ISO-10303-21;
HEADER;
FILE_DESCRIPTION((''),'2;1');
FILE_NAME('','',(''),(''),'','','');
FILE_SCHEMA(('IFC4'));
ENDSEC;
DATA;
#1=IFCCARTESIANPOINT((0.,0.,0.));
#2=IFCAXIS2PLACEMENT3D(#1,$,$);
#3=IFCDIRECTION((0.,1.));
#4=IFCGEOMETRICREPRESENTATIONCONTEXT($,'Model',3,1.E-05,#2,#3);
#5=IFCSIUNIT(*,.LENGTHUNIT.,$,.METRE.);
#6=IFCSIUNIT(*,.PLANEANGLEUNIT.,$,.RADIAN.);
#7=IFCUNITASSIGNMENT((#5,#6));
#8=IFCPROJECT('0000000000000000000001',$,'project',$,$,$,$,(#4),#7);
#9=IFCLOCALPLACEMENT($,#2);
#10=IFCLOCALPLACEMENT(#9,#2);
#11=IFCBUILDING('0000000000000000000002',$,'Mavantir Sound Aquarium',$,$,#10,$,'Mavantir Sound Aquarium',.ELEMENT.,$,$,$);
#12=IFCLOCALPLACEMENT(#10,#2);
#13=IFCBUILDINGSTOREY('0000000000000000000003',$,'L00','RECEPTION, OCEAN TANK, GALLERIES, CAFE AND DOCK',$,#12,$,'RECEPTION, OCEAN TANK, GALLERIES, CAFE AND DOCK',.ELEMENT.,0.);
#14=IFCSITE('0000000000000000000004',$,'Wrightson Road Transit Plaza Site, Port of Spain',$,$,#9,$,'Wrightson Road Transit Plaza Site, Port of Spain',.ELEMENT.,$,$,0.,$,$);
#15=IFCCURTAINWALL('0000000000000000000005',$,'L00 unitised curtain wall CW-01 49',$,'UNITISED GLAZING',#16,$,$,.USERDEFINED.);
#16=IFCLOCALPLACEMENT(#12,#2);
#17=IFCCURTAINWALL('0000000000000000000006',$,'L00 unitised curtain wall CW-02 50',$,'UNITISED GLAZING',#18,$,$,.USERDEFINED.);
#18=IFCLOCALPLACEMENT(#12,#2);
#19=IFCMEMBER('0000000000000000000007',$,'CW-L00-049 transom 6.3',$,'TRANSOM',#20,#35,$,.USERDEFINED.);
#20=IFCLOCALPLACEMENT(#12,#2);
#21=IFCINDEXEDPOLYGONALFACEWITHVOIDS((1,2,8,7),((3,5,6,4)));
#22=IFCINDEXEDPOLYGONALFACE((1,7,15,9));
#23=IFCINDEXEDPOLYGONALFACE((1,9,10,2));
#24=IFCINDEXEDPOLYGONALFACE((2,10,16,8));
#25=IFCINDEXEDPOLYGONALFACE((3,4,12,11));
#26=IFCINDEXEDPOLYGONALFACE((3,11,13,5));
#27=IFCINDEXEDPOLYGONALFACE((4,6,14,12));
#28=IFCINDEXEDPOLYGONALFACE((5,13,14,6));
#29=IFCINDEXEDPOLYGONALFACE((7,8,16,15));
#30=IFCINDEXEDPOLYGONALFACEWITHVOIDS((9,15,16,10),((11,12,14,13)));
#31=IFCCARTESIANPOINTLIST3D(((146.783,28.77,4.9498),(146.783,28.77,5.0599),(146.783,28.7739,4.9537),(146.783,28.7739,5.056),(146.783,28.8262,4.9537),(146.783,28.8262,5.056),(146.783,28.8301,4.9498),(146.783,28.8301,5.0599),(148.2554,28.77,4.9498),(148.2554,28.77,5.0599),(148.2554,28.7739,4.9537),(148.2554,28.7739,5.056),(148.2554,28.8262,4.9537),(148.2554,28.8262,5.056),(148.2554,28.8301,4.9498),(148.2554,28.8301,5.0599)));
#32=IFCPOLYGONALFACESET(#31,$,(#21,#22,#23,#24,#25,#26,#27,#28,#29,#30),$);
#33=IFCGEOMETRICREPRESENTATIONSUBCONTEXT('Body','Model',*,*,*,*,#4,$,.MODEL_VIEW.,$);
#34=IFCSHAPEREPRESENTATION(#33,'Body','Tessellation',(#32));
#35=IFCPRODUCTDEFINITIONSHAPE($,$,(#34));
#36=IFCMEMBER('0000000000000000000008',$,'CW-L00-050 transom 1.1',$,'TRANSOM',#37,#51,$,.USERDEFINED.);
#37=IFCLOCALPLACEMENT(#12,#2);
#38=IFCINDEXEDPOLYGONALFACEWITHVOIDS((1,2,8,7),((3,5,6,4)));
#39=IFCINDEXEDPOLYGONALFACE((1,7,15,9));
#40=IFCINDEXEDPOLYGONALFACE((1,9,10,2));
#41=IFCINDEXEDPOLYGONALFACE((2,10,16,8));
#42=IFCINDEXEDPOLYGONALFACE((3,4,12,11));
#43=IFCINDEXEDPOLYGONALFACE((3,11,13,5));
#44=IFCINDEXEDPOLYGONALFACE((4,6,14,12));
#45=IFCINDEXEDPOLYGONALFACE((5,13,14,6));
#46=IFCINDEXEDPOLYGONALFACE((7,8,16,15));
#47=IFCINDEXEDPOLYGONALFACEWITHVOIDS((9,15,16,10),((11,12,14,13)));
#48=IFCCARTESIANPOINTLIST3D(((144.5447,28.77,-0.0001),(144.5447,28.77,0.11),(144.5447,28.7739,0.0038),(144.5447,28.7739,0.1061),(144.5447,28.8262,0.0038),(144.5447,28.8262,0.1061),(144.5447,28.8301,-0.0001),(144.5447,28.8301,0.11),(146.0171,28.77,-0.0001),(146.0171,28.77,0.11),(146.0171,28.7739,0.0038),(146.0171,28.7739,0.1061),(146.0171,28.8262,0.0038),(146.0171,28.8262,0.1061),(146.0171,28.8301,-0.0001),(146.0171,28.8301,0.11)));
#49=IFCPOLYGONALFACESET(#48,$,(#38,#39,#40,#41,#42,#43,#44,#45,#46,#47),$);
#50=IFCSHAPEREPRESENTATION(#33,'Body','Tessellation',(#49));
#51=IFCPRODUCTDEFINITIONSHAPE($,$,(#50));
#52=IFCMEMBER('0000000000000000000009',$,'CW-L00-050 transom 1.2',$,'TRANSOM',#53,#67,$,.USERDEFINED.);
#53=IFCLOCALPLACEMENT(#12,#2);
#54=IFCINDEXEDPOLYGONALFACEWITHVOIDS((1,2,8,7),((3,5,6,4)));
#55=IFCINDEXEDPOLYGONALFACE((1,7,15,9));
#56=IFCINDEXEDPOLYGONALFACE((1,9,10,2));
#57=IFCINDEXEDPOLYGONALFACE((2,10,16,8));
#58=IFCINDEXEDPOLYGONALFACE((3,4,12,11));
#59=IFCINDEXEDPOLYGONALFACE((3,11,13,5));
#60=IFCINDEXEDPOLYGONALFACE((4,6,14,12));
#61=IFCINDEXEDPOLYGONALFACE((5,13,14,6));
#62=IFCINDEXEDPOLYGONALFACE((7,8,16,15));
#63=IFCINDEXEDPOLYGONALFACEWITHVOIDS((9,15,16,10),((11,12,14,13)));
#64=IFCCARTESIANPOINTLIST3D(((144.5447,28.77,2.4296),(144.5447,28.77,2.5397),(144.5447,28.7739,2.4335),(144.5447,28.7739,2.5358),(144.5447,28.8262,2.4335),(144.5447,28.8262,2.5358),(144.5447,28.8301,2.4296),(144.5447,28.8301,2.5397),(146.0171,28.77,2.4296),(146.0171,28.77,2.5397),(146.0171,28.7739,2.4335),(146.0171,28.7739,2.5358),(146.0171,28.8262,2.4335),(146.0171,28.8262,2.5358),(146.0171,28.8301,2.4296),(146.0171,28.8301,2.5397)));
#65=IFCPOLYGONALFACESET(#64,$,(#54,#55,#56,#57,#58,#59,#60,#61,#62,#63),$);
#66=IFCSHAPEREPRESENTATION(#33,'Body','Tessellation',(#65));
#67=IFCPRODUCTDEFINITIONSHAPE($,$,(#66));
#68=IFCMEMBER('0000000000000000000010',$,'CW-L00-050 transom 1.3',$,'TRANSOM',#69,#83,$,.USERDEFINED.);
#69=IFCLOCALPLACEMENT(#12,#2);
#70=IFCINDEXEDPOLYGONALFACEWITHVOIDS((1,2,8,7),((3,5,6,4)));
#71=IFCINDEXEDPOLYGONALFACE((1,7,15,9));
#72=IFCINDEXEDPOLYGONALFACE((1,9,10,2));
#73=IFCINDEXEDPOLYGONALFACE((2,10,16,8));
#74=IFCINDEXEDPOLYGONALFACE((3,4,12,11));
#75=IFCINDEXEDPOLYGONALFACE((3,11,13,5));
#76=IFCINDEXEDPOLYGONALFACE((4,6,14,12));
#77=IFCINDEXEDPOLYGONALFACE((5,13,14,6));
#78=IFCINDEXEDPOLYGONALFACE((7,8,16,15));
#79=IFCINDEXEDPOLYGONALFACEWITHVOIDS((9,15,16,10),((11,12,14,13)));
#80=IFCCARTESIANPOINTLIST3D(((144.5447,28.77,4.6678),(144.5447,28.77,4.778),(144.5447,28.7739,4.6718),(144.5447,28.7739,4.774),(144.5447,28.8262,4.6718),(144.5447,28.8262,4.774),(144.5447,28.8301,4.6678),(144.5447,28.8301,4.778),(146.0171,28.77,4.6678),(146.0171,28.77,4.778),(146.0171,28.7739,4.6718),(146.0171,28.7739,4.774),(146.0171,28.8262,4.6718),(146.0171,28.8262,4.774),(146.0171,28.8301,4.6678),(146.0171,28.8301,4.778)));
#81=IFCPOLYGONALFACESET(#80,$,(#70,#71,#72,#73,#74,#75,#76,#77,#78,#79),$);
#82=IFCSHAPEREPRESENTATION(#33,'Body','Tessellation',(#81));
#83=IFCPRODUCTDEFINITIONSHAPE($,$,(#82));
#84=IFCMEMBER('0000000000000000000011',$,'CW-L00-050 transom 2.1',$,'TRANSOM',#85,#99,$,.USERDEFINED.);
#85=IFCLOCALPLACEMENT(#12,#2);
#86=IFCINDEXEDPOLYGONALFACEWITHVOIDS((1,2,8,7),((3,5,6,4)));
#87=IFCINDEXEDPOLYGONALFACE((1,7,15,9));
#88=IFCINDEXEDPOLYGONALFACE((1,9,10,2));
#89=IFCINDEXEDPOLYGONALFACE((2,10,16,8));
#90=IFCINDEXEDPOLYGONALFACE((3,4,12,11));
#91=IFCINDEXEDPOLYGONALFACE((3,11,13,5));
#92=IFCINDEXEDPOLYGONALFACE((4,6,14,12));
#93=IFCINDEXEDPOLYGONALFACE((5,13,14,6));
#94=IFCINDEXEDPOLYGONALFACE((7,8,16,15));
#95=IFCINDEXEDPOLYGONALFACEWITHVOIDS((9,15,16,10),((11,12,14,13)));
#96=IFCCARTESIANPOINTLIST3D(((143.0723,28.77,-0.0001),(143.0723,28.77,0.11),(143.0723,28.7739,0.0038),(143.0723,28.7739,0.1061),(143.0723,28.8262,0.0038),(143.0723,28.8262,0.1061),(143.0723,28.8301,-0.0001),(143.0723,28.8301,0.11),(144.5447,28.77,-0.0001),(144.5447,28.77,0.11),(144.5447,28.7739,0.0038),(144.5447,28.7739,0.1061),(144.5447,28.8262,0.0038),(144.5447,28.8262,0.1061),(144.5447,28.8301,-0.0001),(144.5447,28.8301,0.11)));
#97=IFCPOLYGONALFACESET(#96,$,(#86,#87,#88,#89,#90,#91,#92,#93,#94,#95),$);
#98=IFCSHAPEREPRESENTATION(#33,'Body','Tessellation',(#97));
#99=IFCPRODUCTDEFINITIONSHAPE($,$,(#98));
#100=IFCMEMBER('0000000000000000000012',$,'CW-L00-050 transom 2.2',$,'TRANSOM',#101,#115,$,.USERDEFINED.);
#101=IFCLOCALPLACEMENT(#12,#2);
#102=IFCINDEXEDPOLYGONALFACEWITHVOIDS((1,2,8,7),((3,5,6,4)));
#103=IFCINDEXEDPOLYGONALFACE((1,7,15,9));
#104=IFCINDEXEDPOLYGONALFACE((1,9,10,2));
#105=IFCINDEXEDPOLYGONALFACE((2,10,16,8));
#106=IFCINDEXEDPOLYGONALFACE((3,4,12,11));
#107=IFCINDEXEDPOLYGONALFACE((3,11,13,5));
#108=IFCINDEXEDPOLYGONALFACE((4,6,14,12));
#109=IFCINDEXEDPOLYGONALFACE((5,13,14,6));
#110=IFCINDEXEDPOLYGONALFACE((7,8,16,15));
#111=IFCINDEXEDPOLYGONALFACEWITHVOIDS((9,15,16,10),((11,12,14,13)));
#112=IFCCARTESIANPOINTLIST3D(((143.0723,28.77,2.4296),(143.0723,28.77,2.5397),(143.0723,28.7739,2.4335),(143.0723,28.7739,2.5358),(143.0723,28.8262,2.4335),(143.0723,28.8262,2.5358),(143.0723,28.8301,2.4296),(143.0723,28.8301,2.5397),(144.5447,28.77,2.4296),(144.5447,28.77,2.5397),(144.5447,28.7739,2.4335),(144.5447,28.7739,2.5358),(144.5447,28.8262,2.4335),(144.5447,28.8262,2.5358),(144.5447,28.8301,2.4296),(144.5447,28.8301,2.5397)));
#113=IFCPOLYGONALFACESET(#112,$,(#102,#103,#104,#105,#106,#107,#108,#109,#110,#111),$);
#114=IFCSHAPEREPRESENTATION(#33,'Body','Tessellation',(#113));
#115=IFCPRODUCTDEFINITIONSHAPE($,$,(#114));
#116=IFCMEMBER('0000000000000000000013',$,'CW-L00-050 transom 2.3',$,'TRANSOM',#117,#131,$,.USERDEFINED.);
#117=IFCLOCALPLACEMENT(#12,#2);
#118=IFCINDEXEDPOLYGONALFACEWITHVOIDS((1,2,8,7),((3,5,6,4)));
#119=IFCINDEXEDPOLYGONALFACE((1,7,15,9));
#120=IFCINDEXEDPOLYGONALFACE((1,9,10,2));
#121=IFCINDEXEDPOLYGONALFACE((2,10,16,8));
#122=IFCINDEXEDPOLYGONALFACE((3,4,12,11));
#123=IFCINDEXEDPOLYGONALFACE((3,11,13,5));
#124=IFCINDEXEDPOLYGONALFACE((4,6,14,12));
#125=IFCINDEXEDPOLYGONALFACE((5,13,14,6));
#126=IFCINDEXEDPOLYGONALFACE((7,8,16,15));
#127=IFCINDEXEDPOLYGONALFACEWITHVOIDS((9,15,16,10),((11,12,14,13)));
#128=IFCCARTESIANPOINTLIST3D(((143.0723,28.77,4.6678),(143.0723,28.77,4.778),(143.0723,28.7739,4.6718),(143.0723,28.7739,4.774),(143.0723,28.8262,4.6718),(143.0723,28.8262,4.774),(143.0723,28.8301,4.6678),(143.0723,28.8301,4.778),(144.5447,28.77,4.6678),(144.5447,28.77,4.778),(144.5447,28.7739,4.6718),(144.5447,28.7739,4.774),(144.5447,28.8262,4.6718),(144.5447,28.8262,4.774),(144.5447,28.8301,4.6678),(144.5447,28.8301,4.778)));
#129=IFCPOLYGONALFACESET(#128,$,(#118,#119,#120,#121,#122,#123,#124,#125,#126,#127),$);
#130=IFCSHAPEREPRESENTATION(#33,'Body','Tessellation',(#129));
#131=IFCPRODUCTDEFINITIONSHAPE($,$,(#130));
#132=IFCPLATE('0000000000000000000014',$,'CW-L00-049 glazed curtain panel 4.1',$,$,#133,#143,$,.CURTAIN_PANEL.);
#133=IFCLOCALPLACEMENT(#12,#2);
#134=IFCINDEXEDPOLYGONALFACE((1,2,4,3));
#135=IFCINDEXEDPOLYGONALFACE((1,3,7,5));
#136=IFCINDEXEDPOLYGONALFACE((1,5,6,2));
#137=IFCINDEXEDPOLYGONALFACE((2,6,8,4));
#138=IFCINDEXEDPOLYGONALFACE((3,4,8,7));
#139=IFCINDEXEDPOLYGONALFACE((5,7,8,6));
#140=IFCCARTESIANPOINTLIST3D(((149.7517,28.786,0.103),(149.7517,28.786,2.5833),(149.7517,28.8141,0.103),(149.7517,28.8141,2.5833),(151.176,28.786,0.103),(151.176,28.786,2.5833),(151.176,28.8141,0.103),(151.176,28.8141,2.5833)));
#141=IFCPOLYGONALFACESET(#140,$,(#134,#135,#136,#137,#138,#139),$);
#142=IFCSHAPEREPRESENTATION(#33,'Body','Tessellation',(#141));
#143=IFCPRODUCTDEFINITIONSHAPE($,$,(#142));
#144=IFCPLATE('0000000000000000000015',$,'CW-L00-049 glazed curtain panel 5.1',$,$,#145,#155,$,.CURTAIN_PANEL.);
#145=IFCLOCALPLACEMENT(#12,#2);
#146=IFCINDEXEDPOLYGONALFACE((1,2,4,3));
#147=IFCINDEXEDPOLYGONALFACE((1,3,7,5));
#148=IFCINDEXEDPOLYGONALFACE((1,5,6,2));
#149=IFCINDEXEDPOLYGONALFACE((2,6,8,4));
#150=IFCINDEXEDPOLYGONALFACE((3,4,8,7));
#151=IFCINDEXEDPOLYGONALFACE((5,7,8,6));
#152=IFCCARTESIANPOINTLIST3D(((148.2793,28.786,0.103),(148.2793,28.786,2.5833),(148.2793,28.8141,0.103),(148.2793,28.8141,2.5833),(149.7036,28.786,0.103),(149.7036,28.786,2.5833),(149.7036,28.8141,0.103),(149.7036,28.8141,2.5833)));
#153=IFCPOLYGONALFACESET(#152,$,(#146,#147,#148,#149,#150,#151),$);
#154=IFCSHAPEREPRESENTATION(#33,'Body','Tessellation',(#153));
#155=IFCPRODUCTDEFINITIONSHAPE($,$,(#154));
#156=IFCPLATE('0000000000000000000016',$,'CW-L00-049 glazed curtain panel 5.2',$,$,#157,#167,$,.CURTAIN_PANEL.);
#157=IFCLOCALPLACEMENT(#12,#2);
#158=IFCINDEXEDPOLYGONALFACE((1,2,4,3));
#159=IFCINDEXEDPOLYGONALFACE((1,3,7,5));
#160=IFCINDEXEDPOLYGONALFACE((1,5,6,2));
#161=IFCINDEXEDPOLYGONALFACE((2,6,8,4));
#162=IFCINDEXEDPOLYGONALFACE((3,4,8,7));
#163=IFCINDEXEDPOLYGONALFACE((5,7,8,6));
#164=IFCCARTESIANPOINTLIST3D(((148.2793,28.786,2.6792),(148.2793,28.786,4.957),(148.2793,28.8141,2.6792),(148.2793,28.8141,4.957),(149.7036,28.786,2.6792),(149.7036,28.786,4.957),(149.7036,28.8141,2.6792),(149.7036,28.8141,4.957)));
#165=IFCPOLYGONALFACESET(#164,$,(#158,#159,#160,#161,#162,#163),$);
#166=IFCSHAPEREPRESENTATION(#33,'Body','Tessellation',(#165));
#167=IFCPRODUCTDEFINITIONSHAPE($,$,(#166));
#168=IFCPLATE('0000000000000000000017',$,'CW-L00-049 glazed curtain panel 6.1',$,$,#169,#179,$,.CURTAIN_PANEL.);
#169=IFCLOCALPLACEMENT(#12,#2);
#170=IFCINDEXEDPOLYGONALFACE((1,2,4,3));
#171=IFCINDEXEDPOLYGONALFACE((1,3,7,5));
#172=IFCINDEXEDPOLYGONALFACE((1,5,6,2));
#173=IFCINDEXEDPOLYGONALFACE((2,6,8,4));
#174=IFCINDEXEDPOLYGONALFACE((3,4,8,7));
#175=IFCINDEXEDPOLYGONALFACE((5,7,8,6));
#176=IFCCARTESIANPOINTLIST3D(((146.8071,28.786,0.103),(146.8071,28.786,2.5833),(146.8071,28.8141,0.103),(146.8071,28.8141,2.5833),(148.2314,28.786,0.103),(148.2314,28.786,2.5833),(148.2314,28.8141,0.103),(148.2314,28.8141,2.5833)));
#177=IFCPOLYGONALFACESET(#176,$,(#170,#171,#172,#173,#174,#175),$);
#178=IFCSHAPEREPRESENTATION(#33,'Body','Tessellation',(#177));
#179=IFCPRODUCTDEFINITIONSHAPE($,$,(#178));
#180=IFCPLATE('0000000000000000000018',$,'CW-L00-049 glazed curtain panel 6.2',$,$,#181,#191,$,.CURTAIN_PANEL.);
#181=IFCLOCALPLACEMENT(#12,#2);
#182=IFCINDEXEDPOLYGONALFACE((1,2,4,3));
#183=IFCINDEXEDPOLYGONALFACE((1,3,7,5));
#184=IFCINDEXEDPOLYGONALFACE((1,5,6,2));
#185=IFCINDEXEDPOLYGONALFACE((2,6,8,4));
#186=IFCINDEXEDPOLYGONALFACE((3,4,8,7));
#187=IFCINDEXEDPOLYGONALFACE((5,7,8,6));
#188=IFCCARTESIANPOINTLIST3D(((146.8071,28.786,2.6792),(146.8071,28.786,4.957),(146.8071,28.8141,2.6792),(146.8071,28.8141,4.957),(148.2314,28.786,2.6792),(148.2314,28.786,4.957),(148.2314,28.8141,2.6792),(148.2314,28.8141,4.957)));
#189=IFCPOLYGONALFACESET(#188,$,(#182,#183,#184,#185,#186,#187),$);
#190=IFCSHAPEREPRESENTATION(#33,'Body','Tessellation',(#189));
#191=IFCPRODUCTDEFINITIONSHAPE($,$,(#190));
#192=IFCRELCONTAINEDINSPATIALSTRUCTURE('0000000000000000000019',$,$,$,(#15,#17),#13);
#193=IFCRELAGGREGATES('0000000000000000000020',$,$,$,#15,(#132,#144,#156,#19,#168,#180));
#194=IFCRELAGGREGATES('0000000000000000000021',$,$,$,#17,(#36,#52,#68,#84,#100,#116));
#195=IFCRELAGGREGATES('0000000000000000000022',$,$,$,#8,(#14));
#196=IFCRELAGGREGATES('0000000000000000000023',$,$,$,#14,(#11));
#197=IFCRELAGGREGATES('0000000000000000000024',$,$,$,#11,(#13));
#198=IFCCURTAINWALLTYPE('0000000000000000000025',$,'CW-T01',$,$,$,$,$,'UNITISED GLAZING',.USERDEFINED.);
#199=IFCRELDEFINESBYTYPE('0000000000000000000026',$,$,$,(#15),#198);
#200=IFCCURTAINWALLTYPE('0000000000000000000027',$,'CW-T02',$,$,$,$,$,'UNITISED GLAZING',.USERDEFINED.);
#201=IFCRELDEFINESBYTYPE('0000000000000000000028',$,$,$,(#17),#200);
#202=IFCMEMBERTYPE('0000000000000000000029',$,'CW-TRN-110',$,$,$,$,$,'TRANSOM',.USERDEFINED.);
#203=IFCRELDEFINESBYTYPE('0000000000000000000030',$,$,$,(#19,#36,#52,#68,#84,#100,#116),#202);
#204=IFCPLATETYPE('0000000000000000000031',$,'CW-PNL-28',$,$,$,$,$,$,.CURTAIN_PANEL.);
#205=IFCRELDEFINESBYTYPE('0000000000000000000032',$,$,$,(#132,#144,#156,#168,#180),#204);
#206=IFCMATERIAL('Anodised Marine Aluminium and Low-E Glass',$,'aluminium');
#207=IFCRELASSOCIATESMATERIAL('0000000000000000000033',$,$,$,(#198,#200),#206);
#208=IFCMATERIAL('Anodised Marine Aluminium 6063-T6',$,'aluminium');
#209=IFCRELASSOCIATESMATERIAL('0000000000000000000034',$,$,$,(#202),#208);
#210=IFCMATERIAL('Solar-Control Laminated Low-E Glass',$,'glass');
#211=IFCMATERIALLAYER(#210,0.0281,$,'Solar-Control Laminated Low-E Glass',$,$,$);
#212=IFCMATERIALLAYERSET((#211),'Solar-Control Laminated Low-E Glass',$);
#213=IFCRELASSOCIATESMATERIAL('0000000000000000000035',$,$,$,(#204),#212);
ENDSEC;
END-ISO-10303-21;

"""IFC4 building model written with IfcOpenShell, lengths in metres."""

from ifc_helpers import new_model, si_unit, direction, frame, origin, origin_2d, place, context, subcontext, project, spatial, rectangle, hollow_rectangle, extrude, material, layer, layer_set, material_profile, profile_set, type_object, element, aggregate, save


model = new_model("IFC4")

# Units and contexts
model_context = context("Model", 3, precision=1e-05, world=origin(), true_north=direction((0.0, 1.0)))
body_context = subcontext(model_context, "Body", "Model", "MODEL_VIEW")
ifc_project = project(units=[si_unit("LENGTHUNIT", "METRE"), si_unit("PLANEANGLEUNIT", "RADIAN")], contexts=[model_context])

# Site, building, storey
site_placement = place(None, origin())
site = spatial("IfcSite", under=ifc_project, at=site_placement, Name="Wrightson Road Transit Plaza Site, Port of Spain", LongName="Wrightson Road Transit Plaza Site, Port of Spain", CompositionType="ELEMENT", RefElevation=0.0)
building_placement = place(site_placement, origin())
building = spatial("IfcBuilding", under=site, at=building_placement, Name="Mavantir Sound Aquarium", LongName="Mavantir Sound Aquarium", CompositionType="ELEMENT")
storey_placement = place(building_placement, origin())
storey = spatial("IfcBuildingStorey", under=building, at=storey_placement, Name="L00", Description="RECEPTION, OCEAN TANK, GALLERIES, CAFE AND DOCK", LongName="RECEPTION, OCEAN TANK, GALLERIES, CAFE AND DOCK", CompositionType="ELEMENT", Elevation=0.0)

# Curtain wall
ifc_material_1 = material(Name="Anodised Marine Aluminium and Low-E Glass", Category="aluminium")
curtain_wall_type_1 = type_object("IfcCurtainWallType", Name="CW-T01", ElementType="UNITISED GLAZING", PredefinedType="USERDEFINED", material=ifc_material_1)
curtain_wall_1_placement = place(storey_placement, origin())
curtain_wall_1 = element("IfcCurtainWall", 1, at=curtain_wall_1_placement, inside=storey, type_object=curtain_wall_type_1, Name="L00 unitised curtain wall CW-01 49", ObjectType="UNITISED GLAZING", PredefinedType="USERDEFINED")
ifc_material_2 = material(Name="Anodised Marine Aluminium 6063-T6", Category="aluminium")

# Curtain wall
curtain_wall_type_2 = type_object("IfcCurtainWallType", Name="CW-T02", ElementType="UNITISED GLAZING", PredefinedType="USERDEFINED", material=ifc_material_1)
curtain_wall_2_placement = place(storey_placement, origin())
curtain_wall_2 = element("IfcCurtainWall", 2, at=curtain_wall_2_placement, inside=storey, type_object=curtain_wall_type_2, Name="L00 unitised curtain wall CW-02 50", ObjectType="UNITISED GLAZING", PredefinedType="USERDEFINED")

# Members
ifc_material_profile_1 = material_profile(ifc_material_2, hollow_rectangle(XDim=0.0601, YDim=0.1101, WallThickness=0.0039, at=origin_2d()), Name="ALU-TRANSOM-110X60")
ifc_profile_set_1 = profile_set([ifc_material_profile_1], Name="Anodised Marine Aluminium 6063-T6")
member_type_1 = type_object("IfcMemberType", Name="CW-TRN-110", ElementType="TRANSOM", PredefinedType="USERDEFINED", material=ifc_profile_set_1)
member_1_placement = place(storey_placement, frame((148.2554, 28.8, 5.0049), z_axis=(-1.0, 0.0, 0.0), x_axis=(0.0, -1.0, 0.0)))
member_1 = element("IfcMember", 3, at=member_1_placement, type_object=member_type_1, Name="CW-L00-049 transom 6.3", ObjectType="TRANSOM", PredefinedType="USERDEFINED", context=body_context, shape_type="SweptSolid", body=[
    extrude(hollow_rectangle(XDim=0.0601, YDim=0.1101, WallThickness=0.0039, at=origin_2d()), origin(), (0.0, 0.0, 1.0), 1.4724),
])
member_2_placement = place(storey_placement, frame((146.0171, 28.8, 0.0549), z_axis=(-1.0, 0.0, 0.0), x_axis=(0.0, -1.0, 0.0)))
member_2 = element("IfcMember", 4, at=member_2_placement, type_object=member_type_1, Name="CW-L00-050 transom 1.1", ObjectType="TRANSOM", PredefinedType="USERDEFINED", context=body_context, shape_type="SweptSolid", body=[
    extrude(hollow_rectangle(XDim=0.0601, YDim=0.1101, WallThickness=0.0039, at=origin_2d()), origin(), (0.0, 0.0, 1.0), 1.4724),
])
member_3_placement = place(storey_placement, frame((146.0171, 28.8, 2.4846), z_axis=(-1.0, 0.0, 0.0), x_axis=(0.0, -1.0, 0.0)))
member_3 = element("IfcMember", 5, at=member_3_placement, type_object=member_type_1, Name="CW-L00-050 transom 1.2", ObjectType="TRANSOM", PredefinedType="USERDEFINED", context=body_context, shape_type="SweptSolid", body=[
    extrude(hollow_rectangle(XDim=0.0601, YDim=0.1101, WallThickness=0.0039, at=origin_2d()), origin(), (0.0, 0.0, 1.0), 1.4724),
])
member_4_placement = place(storey_placement, frame((146.0171, 28.8, 4.7229), z_axis=(-1.0, 0.0, 0.0), x_axis=(0.0, -1.0, 0.0)))
member_4 = element("IfcMember", 6, at=member_4_placement, type_object=member_type_1, Name="CW-L00-050 transom 1.3", ObjectType="TRANSOM", PredefinedType="USERDEFINED", context=body_context, shape_type="SweptSolid", body=[
    extrude(hollow_rectangle(XDim=0.0601, YDim=0.1101, WallThickness=0.0039, at=origin_2d()), origin(), (0.0, 0.0, 1.0), 1.4724),
])
member_5_placement = place(storey_placement, frame((144.5447, 28.8, 0.0549), z_axis=(-1.0, 0.0, 0.0), x_axis=(0.0, -1.0, 0.0)))
member_5 = element("IfcMember", 7, at=member_5_placement, type_object=member_type_1, Name="CW-L00-050 transom 2.1", ObjectType="TRANSOM", PredefinedType="USERDEFINED", context=body_context, shape_type="SweptSolid", body=[
    extrude(hollow_rectangle(XDim=0.0601, YDim=0.1101, WallThickness=0.0039, at=origin_2d()), origin(), (0.0, 0.0, 1.0), 1.4724),
])
member_6_placement = place(storey_placement, frame((144.5447, 28.8, 2.4846), z_axis=(-1.0, 0.0, 0.0), x_axis=(0.0, -1.0, 0.0)))
member_6 = element("IfcMember", 8, at=member_6_placement, type_object=member_type_1, Name="CW-L00-050 transom 2.2", ObjectType="TRANSOM", PredefinedType="USERDEFINED", context=body_context, shape_type="SweptSolid", body=[
    extrude(hollow_rectangle(XDim=0.0601, YDim=0.1101, WallThickness=0.0039, at=origin_2d()), origin(), (0.0, 0.0, 1.0), 1.4724),
])
member_7_placement = place(storey_placement, frame((144.5447, 28.8, 4.7229), z_axis=(-1.0, 0.0, 0.0), x_axis=(0.0, -1.0, 0.0)))
member_7 = element("IfcMember", 9, at=member_7_placement, type_object=member_type_1, Name="CW-L00-050 transom 2.3", ObjectType="TRANSOM", PredefinedType="USERDEFINED", context=body_context, shape_type="SweptSolid", body=[
    extrude(hollow_rectangle(XDim=0.0601, YDim=0.1101, WallThickness=0.0039, at=origin_2d()), origin(), (0.0, 0.0, 1.0), 1.4724),
])

# Plates
ifc_material_3 = material(Name="Solar-Control Laminated Low-E Glass", Category="glass")
ifc_layer_1 = layer(ifc_material_3, 0.0281, Name="Solar-Control Laminated Low-E Glass")
ifc_layer_set_1 = layer_set([ifc_layer_1], Name="Solar-Control Laminated Low-E Glass")
plate_type_1 = type_object("IfcPlateType", Name="CW-PNL-28", PredefinedType="CURTAIN_PANEL", material=ifc_layer_set_1)
plate_1_placement = place(storey_placement, frame((150.4639, 28.8, 0.103), z_axis=(0.0, 0.0, 1.0), x_axis=(-1.0, 0.0, 0.0)))
plate_1 = element("IfcPlate", 10, at=plate_1_placement, type_object=plate_type_1, Name="CW-L00-049 glazed curtain panel 4.1", PredefinedType="CURTAIN_PANEL", context=body_context, shape_type="SweptSolid", body=[
    extrude(rectangle(XDim=1.4243, YDim=0.0281, at=origin_2d()), origin(), (0.0, 0.0, 1.0), 2.4802),
])
plate_2_placement = place(storey_placement, frame((148.9915, 28.8, 0.103), z_axis=(0.0, 0.0, 1.0), x_axis=(-1.0, 0.0, 0.0)))
plate_2 = element("IfcPlate", 11, at=plate_2_placement, type_object=plate_type_1, Name="CW-L00-049 glazed curtain panel 5.1", PredefinedType="CURTAIN_PANEL", context=body_context, shape_type="SweptSolid", body=[
    extrude(rectangle(XDim=1.4243, YDim=0.0281, at=origin_2d()), origin(), (0.0, 0.0, 1.0), 2.4802),
])
plate_3_placement = place(storey_placement, frame((148.9915, 28.8, 2.6792), z_axis=(0.0, 0.0, 1.0), x_axis=(-1.0, 0.0, 0.0)))
plate_3 = element("IfcPlate", 12, at=plate_3_placement, type_object=plate_type_1, Name="CW-L00-049 glazed curtain panel 5.2", PredefinedType="CURTAIN_PANEL", context=body_context, shape_type="SweptSolid", body=[
    extrude(rectangle(XDim=1.4243, YDim=0.0281, at=origin_2d()), origin(), (0.0, 0.0, 1.0), 2.2778),
])
plate_4_placement = place(storey_placement, frame((147.5193, 28.8, 0.103), z_axis=(0.0, 0.0, 1.0), x_axis=(-1.0, 0.0, 0.0)))
plate_4 = element("IfcPlate", 13, at=plate_4_placement, type_object=plate_type_1, Name="CW-L00-049 glazed curtain panel 6.1", PredefinedType="CURTAIN_PANEL", context=body_context, shape_type="SweptSolid", body=[
    extrude(rectangle(XDim=1.4243, YDim=0.0281, at=origin_2d()), origin(), (0.0, 0.0, 1.0), 2.4802),
])
plate_5_placement = place(storey_placement, frame((147.5193, 28.8, 2.6792), z_axis=(0.0, 0.0, 1.0), x_axis=(-1.0, 0.0, 0.0)))
plate_5 = element("IfcPlate", 14, at=plate_5_placement, type_object=plate_type_1, Name="CW-L00-049 glazed curtain panel 6.2", PredefinedType="CURTAIN_PANEL", context=body_context, shape_type="SweptSolid", body=[
    extrude(rectangle(XDim=1.4243, YDim=0.0281, at=origin_2d()), origin(), (0.0, 0.0, 1.0), 2.2778),
])
aggregate(curtain_wall_1, [plate_1, plate_2, plate_3, member_1, plate_4, plate_5])
aggregate(curtain_wall_2, [member_2, member_3, member_4, member_5, member_6, member_7])

save(model, "model.ifc")
